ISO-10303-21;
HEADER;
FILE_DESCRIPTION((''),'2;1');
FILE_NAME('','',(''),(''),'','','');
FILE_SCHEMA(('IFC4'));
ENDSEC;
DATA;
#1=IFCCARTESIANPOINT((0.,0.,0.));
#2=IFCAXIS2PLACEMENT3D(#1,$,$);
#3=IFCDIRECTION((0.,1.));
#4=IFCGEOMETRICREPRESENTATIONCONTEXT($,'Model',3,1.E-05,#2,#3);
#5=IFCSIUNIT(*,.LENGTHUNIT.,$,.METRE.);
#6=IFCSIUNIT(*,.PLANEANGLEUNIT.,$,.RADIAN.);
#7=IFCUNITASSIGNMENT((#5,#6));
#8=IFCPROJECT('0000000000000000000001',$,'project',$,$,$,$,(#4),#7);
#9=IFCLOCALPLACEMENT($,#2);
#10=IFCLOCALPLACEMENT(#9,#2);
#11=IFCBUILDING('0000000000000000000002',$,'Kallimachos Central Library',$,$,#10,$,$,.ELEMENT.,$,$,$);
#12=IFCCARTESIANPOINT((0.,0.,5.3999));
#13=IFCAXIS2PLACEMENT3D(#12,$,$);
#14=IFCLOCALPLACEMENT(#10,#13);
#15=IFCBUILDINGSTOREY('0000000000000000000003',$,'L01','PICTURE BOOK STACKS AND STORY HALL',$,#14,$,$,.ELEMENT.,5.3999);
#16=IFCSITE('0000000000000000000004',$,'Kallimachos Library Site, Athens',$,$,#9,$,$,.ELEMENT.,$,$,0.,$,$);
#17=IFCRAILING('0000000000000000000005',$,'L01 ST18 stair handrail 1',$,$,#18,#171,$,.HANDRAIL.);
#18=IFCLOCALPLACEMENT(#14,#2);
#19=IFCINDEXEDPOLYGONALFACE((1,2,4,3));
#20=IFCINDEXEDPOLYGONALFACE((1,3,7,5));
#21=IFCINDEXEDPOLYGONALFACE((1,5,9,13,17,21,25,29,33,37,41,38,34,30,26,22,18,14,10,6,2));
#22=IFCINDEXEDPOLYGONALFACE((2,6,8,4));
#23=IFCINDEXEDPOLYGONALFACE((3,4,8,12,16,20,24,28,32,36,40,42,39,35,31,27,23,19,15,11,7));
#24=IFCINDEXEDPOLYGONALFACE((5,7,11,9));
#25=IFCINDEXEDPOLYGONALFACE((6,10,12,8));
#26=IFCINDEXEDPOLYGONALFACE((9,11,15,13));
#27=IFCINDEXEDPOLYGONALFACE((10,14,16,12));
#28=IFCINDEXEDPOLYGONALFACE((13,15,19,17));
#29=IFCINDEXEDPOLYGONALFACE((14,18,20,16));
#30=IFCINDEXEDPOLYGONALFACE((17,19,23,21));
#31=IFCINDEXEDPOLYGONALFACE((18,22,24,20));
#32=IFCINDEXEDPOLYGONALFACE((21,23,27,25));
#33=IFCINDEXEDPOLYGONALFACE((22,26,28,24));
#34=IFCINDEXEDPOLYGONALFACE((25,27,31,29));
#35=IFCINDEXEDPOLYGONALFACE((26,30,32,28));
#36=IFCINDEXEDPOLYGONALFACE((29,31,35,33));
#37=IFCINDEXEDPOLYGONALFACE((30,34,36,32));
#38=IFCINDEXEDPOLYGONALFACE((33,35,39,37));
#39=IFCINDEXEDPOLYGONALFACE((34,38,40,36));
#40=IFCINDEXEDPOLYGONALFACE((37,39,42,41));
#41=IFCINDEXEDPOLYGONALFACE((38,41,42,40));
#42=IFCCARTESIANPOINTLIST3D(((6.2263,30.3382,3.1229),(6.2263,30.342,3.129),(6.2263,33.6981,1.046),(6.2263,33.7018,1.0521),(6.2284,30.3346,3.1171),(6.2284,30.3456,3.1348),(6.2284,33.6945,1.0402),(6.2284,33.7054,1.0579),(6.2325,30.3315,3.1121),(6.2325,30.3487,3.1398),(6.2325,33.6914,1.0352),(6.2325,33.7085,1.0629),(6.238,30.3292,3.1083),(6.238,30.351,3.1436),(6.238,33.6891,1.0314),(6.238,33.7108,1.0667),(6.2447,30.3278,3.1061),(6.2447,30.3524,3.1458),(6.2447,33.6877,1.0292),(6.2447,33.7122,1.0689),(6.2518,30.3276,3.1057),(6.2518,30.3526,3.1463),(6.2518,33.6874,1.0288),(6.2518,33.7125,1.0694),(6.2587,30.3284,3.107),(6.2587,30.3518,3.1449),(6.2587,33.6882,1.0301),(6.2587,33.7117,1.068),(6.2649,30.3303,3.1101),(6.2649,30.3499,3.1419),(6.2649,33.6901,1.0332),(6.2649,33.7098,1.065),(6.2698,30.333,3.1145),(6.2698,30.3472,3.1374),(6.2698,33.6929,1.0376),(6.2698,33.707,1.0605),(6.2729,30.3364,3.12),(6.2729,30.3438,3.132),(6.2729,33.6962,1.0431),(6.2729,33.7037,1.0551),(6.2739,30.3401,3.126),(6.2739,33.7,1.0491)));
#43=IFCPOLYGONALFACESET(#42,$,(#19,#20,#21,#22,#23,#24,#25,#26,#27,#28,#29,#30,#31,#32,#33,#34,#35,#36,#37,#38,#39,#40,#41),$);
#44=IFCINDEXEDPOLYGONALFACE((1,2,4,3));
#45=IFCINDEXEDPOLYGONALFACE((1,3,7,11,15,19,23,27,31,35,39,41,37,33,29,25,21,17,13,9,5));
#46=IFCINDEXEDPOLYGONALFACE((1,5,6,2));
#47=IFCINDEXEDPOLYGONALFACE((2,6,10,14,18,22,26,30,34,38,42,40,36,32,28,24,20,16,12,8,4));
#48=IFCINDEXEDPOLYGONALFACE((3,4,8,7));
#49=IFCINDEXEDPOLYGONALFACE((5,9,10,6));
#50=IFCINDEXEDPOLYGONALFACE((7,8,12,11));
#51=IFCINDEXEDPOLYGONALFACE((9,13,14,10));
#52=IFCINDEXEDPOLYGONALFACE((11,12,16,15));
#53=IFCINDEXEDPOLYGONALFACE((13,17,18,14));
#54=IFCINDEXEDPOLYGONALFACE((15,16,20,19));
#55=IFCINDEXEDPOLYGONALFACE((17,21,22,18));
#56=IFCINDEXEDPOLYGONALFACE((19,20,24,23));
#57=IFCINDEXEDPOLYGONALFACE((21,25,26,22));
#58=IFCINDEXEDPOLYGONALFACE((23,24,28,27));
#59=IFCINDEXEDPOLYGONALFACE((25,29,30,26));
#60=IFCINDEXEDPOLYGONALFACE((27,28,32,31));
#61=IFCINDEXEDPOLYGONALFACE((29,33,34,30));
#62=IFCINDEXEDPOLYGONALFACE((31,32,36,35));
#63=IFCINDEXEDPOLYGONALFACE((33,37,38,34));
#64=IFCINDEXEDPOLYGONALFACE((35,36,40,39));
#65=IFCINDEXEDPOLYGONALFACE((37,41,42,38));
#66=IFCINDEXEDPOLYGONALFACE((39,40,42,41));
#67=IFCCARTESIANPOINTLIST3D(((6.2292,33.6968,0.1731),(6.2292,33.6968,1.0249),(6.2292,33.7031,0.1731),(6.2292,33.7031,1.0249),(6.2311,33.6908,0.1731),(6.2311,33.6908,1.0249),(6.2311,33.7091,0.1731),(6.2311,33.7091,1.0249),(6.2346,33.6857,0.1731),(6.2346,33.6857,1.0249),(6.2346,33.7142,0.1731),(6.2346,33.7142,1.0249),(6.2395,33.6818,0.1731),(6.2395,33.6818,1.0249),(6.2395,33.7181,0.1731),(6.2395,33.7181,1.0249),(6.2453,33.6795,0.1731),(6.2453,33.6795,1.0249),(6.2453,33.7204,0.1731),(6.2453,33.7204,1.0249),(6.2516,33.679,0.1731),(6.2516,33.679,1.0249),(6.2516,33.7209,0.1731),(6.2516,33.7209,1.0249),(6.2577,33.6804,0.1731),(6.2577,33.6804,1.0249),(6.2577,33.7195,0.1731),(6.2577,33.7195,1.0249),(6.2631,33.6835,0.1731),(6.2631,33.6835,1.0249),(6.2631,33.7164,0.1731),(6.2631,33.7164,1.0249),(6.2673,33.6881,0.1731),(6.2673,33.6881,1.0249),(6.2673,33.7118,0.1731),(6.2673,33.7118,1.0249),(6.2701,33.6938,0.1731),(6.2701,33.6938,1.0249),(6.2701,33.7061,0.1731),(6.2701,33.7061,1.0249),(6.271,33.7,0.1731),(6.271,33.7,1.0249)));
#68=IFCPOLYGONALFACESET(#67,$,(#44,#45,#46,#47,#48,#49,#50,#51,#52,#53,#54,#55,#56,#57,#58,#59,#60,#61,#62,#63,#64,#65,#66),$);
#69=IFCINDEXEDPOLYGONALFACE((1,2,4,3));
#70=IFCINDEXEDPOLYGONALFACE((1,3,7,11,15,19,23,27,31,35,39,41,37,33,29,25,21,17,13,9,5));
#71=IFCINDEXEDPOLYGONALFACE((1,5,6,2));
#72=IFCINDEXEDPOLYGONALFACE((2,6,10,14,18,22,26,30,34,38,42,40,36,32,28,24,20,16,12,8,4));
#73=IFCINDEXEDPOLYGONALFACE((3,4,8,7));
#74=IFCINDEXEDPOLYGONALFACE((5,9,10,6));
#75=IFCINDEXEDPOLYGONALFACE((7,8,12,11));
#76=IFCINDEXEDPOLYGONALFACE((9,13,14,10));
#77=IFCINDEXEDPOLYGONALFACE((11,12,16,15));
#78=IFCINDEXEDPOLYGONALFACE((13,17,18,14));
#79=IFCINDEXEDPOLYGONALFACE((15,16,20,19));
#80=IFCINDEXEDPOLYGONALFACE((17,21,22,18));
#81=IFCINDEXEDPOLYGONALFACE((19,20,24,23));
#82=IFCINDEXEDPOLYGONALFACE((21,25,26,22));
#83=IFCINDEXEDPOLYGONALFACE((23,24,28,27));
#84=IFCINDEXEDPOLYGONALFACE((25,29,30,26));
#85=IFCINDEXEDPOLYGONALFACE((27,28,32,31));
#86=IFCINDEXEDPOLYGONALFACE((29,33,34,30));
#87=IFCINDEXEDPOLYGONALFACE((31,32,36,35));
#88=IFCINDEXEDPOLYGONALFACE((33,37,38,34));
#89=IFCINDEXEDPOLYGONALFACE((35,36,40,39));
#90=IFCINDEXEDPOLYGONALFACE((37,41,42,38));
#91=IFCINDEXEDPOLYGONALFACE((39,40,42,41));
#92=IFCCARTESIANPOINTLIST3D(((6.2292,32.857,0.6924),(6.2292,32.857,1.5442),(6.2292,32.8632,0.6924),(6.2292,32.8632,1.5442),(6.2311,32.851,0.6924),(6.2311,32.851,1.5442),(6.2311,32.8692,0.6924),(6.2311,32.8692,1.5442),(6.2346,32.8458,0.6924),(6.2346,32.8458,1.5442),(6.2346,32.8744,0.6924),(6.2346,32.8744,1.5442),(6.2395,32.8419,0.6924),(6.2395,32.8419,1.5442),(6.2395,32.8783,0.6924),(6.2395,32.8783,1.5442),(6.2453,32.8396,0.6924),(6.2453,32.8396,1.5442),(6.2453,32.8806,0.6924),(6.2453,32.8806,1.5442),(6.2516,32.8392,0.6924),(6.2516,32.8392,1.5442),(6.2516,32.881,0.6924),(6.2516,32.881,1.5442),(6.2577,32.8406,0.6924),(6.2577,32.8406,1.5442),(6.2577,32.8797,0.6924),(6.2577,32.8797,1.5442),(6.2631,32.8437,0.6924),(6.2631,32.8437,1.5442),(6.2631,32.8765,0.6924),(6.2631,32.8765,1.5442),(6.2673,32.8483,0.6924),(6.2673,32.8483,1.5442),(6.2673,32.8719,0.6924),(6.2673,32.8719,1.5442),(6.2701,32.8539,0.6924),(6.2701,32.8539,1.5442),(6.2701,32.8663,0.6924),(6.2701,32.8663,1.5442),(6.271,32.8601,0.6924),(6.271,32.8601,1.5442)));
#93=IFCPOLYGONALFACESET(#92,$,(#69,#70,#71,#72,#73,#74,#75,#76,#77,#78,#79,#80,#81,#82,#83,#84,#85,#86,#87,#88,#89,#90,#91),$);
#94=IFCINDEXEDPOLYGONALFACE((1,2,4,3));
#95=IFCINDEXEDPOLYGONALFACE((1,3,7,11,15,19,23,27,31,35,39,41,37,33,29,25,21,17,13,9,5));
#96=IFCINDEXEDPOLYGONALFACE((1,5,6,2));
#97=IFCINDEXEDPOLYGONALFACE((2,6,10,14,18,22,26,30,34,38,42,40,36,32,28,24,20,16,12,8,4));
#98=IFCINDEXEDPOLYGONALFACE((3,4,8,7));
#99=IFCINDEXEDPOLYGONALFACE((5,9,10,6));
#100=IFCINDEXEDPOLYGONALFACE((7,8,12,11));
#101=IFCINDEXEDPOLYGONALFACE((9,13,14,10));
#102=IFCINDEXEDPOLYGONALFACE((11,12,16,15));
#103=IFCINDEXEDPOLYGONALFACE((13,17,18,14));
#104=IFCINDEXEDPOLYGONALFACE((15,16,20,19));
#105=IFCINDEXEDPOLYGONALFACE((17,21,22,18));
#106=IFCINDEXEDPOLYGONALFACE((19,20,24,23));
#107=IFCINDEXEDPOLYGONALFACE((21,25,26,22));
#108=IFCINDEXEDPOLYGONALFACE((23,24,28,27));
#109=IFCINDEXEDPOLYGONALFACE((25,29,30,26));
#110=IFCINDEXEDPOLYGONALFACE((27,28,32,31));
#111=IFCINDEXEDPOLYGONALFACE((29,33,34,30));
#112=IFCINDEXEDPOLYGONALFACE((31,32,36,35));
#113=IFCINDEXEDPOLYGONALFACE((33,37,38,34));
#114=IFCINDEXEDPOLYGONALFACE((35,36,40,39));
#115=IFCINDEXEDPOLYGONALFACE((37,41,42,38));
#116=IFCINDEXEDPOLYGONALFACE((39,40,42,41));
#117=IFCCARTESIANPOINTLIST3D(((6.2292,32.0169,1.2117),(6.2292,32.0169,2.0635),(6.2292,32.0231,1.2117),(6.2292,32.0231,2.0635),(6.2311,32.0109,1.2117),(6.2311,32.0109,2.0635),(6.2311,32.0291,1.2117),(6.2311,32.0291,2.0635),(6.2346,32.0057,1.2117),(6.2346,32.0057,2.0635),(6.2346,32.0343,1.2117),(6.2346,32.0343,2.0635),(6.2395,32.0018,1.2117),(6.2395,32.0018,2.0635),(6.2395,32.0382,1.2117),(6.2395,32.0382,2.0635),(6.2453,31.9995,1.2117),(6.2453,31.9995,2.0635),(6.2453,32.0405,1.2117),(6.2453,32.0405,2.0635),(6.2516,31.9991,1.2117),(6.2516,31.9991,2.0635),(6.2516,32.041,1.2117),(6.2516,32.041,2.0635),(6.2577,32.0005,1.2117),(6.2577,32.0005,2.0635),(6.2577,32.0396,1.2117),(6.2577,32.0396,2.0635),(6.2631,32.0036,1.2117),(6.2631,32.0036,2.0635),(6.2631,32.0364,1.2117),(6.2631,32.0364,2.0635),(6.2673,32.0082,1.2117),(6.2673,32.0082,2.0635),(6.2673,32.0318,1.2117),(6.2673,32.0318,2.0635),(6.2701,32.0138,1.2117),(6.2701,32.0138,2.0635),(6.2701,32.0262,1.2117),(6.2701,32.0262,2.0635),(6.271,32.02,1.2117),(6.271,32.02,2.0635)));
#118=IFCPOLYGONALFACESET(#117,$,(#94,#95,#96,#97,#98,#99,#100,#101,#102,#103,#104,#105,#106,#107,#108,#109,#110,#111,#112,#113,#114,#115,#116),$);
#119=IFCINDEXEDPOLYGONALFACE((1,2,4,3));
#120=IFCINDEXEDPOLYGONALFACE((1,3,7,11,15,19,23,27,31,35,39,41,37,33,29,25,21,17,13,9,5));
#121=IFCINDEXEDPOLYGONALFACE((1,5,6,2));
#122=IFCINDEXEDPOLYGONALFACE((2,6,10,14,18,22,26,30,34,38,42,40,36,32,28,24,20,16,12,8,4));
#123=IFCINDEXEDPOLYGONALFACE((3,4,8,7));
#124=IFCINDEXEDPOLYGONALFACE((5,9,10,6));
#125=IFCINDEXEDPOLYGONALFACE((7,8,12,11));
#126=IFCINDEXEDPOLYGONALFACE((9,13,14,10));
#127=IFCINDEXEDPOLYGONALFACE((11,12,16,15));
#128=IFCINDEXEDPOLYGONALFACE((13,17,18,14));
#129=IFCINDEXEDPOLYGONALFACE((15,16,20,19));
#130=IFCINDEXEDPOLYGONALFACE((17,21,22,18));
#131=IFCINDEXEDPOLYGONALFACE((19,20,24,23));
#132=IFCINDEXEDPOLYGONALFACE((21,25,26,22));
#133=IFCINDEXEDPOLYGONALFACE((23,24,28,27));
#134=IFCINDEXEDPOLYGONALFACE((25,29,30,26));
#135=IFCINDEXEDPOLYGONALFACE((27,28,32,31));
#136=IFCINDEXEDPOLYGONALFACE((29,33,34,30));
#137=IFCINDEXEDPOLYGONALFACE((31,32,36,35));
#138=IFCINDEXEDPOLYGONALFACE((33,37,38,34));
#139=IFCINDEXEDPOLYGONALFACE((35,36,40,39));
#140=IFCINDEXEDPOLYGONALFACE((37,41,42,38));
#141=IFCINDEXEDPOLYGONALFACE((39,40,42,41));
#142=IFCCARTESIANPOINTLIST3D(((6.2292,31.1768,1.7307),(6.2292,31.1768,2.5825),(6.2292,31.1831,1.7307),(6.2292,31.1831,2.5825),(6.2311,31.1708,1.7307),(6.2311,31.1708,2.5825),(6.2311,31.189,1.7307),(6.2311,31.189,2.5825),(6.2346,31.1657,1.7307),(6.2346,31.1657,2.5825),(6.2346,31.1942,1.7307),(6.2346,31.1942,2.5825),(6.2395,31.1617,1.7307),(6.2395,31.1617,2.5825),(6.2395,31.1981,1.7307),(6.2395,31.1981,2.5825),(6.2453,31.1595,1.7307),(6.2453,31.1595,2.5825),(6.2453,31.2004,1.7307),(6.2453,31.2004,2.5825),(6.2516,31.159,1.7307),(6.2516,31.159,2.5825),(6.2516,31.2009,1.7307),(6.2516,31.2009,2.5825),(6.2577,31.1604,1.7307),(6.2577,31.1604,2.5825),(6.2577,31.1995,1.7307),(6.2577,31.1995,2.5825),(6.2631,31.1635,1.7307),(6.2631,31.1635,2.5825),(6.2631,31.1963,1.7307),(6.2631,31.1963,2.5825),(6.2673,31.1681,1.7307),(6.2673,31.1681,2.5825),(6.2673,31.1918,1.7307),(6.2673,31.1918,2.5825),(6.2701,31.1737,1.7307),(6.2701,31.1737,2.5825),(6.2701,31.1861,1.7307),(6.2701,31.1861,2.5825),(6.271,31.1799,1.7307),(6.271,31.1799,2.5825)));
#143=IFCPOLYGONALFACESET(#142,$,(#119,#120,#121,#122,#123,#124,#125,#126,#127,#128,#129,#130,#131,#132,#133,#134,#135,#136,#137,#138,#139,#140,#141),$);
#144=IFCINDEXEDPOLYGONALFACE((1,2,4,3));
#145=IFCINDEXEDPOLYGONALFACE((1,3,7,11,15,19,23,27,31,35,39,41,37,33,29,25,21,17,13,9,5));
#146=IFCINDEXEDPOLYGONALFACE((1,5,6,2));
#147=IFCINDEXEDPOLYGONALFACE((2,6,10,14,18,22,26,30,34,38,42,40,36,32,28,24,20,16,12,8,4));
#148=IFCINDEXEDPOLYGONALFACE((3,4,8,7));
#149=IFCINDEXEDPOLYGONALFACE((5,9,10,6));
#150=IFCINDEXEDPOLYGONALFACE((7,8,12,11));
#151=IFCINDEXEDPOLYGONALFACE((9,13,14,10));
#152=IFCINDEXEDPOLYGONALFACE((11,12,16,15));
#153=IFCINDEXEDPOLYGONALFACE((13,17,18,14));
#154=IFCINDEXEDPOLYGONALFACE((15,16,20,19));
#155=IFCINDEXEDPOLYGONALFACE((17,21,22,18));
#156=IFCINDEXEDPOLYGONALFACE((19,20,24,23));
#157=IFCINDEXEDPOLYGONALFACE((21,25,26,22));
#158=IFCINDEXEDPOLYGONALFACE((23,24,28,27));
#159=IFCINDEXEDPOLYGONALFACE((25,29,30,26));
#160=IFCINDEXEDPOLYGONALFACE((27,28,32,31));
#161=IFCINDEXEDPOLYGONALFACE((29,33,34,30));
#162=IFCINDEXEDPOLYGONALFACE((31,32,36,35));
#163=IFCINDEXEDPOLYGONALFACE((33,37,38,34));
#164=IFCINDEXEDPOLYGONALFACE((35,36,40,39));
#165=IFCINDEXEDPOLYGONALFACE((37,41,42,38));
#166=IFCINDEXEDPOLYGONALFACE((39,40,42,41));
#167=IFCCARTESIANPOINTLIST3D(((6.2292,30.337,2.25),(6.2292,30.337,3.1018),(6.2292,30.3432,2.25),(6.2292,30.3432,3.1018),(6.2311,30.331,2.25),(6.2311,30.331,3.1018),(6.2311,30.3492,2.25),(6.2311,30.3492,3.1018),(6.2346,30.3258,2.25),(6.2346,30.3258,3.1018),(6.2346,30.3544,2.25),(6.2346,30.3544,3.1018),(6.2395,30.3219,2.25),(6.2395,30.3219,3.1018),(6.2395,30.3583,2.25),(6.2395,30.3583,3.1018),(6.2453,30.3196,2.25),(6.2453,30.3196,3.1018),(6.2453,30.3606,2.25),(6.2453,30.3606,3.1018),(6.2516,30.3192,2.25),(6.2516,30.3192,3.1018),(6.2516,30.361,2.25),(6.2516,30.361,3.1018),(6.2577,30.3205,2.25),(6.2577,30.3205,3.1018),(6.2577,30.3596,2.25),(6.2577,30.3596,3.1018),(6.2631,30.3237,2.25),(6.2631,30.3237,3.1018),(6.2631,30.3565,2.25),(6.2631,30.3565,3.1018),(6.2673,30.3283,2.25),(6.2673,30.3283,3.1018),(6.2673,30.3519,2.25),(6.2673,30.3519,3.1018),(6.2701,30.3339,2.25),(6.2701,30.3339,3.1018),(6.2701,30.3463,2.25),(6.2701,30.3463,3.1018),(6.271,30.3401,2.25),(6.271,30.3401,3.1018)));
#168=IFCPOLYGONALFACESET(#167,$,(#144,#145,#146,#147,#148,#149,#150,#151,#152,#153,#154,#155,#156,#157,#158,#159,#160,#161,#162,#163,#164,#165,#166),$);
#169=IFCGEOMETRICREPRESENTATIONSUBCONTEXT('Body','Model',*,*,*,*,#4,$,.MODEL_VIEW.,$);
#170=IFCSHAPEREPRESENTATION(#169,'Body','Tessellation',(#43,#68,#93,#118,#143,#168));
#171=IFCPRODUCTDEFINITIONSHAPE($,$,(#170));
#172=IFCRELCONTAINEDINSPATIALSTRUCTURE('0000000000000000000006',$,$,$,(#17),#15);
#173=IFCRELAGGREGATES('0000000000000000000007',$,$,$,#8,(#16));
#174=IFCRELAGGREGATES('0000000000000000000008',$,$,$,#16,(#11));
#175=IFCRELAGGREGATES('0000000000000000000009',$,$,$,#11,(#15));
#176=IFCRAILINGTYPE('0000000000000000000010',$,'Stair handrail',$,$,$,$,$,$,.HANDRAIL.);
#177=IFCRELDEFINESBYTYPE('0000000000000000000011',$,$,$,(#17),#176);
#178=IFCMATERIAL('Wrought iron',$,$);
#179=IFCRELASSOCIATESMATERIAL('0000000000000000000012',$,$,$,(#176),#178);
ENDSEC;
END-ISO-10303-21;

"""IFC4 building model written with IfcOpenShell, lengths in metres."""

from ifc_helpers import new_model, si_unit, direction, frame, origin, origin_2d, place, context, subcontext, project, spatial, circle, extrude, material, type_object, element, save


model = new_model("IFC4")

# Units and contexts
model_context = context("Model", 3, precision=1e-05, world=origin(), true_north=direction((0.0, 1.0)))
body_context = subcontext(model_context, "Body", "Model", "MODEL_VIEW")
ifc_project = project(units=[si_unit("LENGTHUNIT", "METRE"), si_unit("PLANEANGLEUNIT", "RADIAN")], contexts=[model_context])

# Site, building, storey
site_placement = place(None, origin())
site = spatial("IfcSite", under=ifc_project, at=site_placement, Name="Kallimachos Library Site, Athens", CompositionType="ELEMENT", RefElevation=0.0)
building_placement = place(site_placement, origin())
building = spatial("IfcBuilding", under=site, at=building_placement, Name="Kallimachos Central Library", CompositionType="ELEMENT")
storey_placement = place(building_placement, frame((0.0, 0.0, 5.3999)))
storey = spatial("IfcBuildingStorey", under=building, at=storey_placement, Name="L01", Description="PICTURE BOOK STACKS AND STORY HALL", CompositionType="ELEMENT", Elevation=5.3999)

# Railing
ifc_material_1 = material(Name="Wrought iron")
railing_type_1 = type_object("IfcRailingType", Name="Stair handrail", PredefinedType="HANDRAIL", material=ifc_material_1)
railing_1_placement = place(storey_placement, frame((6.25, 33.7, 0.1731)))
element("IfcRailing", 1, at=railing_1_placement, inside=storey, type_object=railing_type_1, Name="L01 ST18 stair handrail 1", PredefinedType="HANDRAIL", context=body_context, shape_type="SweptSolid", body=[
    extrude(circle(Radius=0.0239, at=origin_2d()), frame((0.0, 0.0, 0.876), z_axis=(0.0, -0.850606, 0.525803), x_axis=(1.0, 0.0, 0.0)), (0.0, 0.0, 1.0), 3.95),
    extrude(circle(Radius=0.021, at=origin_2d()), origin(), (0.0, 0.0, 1.0), 0.8518),
    extrude(circle(Radius=0.021, at=origin_2d()), frame((0.0, -0.8398, 0.5193)), (0.0, 0.0, 1.0), 0.8518),
    extrude(circle(Radius=0.021, at=origin_2d()), frame((0.0, -1.6799, 1.0386)), (0.0, 0.0, 1.0), 0.8518),
    extrude(circle(Radius=0.021, at=origin_2d()), frame((0.0, -2.52, 1.5576)), (0.0, 0.0, 1.0), 0.8518),
    extrude(circle(Radius=0.021, at=origin_2d()), frame((0.0, -3.3599, 2.0769)), (0.0, 0.0, 1.0), 0.8518),
])

save(model, "model.ifc")
